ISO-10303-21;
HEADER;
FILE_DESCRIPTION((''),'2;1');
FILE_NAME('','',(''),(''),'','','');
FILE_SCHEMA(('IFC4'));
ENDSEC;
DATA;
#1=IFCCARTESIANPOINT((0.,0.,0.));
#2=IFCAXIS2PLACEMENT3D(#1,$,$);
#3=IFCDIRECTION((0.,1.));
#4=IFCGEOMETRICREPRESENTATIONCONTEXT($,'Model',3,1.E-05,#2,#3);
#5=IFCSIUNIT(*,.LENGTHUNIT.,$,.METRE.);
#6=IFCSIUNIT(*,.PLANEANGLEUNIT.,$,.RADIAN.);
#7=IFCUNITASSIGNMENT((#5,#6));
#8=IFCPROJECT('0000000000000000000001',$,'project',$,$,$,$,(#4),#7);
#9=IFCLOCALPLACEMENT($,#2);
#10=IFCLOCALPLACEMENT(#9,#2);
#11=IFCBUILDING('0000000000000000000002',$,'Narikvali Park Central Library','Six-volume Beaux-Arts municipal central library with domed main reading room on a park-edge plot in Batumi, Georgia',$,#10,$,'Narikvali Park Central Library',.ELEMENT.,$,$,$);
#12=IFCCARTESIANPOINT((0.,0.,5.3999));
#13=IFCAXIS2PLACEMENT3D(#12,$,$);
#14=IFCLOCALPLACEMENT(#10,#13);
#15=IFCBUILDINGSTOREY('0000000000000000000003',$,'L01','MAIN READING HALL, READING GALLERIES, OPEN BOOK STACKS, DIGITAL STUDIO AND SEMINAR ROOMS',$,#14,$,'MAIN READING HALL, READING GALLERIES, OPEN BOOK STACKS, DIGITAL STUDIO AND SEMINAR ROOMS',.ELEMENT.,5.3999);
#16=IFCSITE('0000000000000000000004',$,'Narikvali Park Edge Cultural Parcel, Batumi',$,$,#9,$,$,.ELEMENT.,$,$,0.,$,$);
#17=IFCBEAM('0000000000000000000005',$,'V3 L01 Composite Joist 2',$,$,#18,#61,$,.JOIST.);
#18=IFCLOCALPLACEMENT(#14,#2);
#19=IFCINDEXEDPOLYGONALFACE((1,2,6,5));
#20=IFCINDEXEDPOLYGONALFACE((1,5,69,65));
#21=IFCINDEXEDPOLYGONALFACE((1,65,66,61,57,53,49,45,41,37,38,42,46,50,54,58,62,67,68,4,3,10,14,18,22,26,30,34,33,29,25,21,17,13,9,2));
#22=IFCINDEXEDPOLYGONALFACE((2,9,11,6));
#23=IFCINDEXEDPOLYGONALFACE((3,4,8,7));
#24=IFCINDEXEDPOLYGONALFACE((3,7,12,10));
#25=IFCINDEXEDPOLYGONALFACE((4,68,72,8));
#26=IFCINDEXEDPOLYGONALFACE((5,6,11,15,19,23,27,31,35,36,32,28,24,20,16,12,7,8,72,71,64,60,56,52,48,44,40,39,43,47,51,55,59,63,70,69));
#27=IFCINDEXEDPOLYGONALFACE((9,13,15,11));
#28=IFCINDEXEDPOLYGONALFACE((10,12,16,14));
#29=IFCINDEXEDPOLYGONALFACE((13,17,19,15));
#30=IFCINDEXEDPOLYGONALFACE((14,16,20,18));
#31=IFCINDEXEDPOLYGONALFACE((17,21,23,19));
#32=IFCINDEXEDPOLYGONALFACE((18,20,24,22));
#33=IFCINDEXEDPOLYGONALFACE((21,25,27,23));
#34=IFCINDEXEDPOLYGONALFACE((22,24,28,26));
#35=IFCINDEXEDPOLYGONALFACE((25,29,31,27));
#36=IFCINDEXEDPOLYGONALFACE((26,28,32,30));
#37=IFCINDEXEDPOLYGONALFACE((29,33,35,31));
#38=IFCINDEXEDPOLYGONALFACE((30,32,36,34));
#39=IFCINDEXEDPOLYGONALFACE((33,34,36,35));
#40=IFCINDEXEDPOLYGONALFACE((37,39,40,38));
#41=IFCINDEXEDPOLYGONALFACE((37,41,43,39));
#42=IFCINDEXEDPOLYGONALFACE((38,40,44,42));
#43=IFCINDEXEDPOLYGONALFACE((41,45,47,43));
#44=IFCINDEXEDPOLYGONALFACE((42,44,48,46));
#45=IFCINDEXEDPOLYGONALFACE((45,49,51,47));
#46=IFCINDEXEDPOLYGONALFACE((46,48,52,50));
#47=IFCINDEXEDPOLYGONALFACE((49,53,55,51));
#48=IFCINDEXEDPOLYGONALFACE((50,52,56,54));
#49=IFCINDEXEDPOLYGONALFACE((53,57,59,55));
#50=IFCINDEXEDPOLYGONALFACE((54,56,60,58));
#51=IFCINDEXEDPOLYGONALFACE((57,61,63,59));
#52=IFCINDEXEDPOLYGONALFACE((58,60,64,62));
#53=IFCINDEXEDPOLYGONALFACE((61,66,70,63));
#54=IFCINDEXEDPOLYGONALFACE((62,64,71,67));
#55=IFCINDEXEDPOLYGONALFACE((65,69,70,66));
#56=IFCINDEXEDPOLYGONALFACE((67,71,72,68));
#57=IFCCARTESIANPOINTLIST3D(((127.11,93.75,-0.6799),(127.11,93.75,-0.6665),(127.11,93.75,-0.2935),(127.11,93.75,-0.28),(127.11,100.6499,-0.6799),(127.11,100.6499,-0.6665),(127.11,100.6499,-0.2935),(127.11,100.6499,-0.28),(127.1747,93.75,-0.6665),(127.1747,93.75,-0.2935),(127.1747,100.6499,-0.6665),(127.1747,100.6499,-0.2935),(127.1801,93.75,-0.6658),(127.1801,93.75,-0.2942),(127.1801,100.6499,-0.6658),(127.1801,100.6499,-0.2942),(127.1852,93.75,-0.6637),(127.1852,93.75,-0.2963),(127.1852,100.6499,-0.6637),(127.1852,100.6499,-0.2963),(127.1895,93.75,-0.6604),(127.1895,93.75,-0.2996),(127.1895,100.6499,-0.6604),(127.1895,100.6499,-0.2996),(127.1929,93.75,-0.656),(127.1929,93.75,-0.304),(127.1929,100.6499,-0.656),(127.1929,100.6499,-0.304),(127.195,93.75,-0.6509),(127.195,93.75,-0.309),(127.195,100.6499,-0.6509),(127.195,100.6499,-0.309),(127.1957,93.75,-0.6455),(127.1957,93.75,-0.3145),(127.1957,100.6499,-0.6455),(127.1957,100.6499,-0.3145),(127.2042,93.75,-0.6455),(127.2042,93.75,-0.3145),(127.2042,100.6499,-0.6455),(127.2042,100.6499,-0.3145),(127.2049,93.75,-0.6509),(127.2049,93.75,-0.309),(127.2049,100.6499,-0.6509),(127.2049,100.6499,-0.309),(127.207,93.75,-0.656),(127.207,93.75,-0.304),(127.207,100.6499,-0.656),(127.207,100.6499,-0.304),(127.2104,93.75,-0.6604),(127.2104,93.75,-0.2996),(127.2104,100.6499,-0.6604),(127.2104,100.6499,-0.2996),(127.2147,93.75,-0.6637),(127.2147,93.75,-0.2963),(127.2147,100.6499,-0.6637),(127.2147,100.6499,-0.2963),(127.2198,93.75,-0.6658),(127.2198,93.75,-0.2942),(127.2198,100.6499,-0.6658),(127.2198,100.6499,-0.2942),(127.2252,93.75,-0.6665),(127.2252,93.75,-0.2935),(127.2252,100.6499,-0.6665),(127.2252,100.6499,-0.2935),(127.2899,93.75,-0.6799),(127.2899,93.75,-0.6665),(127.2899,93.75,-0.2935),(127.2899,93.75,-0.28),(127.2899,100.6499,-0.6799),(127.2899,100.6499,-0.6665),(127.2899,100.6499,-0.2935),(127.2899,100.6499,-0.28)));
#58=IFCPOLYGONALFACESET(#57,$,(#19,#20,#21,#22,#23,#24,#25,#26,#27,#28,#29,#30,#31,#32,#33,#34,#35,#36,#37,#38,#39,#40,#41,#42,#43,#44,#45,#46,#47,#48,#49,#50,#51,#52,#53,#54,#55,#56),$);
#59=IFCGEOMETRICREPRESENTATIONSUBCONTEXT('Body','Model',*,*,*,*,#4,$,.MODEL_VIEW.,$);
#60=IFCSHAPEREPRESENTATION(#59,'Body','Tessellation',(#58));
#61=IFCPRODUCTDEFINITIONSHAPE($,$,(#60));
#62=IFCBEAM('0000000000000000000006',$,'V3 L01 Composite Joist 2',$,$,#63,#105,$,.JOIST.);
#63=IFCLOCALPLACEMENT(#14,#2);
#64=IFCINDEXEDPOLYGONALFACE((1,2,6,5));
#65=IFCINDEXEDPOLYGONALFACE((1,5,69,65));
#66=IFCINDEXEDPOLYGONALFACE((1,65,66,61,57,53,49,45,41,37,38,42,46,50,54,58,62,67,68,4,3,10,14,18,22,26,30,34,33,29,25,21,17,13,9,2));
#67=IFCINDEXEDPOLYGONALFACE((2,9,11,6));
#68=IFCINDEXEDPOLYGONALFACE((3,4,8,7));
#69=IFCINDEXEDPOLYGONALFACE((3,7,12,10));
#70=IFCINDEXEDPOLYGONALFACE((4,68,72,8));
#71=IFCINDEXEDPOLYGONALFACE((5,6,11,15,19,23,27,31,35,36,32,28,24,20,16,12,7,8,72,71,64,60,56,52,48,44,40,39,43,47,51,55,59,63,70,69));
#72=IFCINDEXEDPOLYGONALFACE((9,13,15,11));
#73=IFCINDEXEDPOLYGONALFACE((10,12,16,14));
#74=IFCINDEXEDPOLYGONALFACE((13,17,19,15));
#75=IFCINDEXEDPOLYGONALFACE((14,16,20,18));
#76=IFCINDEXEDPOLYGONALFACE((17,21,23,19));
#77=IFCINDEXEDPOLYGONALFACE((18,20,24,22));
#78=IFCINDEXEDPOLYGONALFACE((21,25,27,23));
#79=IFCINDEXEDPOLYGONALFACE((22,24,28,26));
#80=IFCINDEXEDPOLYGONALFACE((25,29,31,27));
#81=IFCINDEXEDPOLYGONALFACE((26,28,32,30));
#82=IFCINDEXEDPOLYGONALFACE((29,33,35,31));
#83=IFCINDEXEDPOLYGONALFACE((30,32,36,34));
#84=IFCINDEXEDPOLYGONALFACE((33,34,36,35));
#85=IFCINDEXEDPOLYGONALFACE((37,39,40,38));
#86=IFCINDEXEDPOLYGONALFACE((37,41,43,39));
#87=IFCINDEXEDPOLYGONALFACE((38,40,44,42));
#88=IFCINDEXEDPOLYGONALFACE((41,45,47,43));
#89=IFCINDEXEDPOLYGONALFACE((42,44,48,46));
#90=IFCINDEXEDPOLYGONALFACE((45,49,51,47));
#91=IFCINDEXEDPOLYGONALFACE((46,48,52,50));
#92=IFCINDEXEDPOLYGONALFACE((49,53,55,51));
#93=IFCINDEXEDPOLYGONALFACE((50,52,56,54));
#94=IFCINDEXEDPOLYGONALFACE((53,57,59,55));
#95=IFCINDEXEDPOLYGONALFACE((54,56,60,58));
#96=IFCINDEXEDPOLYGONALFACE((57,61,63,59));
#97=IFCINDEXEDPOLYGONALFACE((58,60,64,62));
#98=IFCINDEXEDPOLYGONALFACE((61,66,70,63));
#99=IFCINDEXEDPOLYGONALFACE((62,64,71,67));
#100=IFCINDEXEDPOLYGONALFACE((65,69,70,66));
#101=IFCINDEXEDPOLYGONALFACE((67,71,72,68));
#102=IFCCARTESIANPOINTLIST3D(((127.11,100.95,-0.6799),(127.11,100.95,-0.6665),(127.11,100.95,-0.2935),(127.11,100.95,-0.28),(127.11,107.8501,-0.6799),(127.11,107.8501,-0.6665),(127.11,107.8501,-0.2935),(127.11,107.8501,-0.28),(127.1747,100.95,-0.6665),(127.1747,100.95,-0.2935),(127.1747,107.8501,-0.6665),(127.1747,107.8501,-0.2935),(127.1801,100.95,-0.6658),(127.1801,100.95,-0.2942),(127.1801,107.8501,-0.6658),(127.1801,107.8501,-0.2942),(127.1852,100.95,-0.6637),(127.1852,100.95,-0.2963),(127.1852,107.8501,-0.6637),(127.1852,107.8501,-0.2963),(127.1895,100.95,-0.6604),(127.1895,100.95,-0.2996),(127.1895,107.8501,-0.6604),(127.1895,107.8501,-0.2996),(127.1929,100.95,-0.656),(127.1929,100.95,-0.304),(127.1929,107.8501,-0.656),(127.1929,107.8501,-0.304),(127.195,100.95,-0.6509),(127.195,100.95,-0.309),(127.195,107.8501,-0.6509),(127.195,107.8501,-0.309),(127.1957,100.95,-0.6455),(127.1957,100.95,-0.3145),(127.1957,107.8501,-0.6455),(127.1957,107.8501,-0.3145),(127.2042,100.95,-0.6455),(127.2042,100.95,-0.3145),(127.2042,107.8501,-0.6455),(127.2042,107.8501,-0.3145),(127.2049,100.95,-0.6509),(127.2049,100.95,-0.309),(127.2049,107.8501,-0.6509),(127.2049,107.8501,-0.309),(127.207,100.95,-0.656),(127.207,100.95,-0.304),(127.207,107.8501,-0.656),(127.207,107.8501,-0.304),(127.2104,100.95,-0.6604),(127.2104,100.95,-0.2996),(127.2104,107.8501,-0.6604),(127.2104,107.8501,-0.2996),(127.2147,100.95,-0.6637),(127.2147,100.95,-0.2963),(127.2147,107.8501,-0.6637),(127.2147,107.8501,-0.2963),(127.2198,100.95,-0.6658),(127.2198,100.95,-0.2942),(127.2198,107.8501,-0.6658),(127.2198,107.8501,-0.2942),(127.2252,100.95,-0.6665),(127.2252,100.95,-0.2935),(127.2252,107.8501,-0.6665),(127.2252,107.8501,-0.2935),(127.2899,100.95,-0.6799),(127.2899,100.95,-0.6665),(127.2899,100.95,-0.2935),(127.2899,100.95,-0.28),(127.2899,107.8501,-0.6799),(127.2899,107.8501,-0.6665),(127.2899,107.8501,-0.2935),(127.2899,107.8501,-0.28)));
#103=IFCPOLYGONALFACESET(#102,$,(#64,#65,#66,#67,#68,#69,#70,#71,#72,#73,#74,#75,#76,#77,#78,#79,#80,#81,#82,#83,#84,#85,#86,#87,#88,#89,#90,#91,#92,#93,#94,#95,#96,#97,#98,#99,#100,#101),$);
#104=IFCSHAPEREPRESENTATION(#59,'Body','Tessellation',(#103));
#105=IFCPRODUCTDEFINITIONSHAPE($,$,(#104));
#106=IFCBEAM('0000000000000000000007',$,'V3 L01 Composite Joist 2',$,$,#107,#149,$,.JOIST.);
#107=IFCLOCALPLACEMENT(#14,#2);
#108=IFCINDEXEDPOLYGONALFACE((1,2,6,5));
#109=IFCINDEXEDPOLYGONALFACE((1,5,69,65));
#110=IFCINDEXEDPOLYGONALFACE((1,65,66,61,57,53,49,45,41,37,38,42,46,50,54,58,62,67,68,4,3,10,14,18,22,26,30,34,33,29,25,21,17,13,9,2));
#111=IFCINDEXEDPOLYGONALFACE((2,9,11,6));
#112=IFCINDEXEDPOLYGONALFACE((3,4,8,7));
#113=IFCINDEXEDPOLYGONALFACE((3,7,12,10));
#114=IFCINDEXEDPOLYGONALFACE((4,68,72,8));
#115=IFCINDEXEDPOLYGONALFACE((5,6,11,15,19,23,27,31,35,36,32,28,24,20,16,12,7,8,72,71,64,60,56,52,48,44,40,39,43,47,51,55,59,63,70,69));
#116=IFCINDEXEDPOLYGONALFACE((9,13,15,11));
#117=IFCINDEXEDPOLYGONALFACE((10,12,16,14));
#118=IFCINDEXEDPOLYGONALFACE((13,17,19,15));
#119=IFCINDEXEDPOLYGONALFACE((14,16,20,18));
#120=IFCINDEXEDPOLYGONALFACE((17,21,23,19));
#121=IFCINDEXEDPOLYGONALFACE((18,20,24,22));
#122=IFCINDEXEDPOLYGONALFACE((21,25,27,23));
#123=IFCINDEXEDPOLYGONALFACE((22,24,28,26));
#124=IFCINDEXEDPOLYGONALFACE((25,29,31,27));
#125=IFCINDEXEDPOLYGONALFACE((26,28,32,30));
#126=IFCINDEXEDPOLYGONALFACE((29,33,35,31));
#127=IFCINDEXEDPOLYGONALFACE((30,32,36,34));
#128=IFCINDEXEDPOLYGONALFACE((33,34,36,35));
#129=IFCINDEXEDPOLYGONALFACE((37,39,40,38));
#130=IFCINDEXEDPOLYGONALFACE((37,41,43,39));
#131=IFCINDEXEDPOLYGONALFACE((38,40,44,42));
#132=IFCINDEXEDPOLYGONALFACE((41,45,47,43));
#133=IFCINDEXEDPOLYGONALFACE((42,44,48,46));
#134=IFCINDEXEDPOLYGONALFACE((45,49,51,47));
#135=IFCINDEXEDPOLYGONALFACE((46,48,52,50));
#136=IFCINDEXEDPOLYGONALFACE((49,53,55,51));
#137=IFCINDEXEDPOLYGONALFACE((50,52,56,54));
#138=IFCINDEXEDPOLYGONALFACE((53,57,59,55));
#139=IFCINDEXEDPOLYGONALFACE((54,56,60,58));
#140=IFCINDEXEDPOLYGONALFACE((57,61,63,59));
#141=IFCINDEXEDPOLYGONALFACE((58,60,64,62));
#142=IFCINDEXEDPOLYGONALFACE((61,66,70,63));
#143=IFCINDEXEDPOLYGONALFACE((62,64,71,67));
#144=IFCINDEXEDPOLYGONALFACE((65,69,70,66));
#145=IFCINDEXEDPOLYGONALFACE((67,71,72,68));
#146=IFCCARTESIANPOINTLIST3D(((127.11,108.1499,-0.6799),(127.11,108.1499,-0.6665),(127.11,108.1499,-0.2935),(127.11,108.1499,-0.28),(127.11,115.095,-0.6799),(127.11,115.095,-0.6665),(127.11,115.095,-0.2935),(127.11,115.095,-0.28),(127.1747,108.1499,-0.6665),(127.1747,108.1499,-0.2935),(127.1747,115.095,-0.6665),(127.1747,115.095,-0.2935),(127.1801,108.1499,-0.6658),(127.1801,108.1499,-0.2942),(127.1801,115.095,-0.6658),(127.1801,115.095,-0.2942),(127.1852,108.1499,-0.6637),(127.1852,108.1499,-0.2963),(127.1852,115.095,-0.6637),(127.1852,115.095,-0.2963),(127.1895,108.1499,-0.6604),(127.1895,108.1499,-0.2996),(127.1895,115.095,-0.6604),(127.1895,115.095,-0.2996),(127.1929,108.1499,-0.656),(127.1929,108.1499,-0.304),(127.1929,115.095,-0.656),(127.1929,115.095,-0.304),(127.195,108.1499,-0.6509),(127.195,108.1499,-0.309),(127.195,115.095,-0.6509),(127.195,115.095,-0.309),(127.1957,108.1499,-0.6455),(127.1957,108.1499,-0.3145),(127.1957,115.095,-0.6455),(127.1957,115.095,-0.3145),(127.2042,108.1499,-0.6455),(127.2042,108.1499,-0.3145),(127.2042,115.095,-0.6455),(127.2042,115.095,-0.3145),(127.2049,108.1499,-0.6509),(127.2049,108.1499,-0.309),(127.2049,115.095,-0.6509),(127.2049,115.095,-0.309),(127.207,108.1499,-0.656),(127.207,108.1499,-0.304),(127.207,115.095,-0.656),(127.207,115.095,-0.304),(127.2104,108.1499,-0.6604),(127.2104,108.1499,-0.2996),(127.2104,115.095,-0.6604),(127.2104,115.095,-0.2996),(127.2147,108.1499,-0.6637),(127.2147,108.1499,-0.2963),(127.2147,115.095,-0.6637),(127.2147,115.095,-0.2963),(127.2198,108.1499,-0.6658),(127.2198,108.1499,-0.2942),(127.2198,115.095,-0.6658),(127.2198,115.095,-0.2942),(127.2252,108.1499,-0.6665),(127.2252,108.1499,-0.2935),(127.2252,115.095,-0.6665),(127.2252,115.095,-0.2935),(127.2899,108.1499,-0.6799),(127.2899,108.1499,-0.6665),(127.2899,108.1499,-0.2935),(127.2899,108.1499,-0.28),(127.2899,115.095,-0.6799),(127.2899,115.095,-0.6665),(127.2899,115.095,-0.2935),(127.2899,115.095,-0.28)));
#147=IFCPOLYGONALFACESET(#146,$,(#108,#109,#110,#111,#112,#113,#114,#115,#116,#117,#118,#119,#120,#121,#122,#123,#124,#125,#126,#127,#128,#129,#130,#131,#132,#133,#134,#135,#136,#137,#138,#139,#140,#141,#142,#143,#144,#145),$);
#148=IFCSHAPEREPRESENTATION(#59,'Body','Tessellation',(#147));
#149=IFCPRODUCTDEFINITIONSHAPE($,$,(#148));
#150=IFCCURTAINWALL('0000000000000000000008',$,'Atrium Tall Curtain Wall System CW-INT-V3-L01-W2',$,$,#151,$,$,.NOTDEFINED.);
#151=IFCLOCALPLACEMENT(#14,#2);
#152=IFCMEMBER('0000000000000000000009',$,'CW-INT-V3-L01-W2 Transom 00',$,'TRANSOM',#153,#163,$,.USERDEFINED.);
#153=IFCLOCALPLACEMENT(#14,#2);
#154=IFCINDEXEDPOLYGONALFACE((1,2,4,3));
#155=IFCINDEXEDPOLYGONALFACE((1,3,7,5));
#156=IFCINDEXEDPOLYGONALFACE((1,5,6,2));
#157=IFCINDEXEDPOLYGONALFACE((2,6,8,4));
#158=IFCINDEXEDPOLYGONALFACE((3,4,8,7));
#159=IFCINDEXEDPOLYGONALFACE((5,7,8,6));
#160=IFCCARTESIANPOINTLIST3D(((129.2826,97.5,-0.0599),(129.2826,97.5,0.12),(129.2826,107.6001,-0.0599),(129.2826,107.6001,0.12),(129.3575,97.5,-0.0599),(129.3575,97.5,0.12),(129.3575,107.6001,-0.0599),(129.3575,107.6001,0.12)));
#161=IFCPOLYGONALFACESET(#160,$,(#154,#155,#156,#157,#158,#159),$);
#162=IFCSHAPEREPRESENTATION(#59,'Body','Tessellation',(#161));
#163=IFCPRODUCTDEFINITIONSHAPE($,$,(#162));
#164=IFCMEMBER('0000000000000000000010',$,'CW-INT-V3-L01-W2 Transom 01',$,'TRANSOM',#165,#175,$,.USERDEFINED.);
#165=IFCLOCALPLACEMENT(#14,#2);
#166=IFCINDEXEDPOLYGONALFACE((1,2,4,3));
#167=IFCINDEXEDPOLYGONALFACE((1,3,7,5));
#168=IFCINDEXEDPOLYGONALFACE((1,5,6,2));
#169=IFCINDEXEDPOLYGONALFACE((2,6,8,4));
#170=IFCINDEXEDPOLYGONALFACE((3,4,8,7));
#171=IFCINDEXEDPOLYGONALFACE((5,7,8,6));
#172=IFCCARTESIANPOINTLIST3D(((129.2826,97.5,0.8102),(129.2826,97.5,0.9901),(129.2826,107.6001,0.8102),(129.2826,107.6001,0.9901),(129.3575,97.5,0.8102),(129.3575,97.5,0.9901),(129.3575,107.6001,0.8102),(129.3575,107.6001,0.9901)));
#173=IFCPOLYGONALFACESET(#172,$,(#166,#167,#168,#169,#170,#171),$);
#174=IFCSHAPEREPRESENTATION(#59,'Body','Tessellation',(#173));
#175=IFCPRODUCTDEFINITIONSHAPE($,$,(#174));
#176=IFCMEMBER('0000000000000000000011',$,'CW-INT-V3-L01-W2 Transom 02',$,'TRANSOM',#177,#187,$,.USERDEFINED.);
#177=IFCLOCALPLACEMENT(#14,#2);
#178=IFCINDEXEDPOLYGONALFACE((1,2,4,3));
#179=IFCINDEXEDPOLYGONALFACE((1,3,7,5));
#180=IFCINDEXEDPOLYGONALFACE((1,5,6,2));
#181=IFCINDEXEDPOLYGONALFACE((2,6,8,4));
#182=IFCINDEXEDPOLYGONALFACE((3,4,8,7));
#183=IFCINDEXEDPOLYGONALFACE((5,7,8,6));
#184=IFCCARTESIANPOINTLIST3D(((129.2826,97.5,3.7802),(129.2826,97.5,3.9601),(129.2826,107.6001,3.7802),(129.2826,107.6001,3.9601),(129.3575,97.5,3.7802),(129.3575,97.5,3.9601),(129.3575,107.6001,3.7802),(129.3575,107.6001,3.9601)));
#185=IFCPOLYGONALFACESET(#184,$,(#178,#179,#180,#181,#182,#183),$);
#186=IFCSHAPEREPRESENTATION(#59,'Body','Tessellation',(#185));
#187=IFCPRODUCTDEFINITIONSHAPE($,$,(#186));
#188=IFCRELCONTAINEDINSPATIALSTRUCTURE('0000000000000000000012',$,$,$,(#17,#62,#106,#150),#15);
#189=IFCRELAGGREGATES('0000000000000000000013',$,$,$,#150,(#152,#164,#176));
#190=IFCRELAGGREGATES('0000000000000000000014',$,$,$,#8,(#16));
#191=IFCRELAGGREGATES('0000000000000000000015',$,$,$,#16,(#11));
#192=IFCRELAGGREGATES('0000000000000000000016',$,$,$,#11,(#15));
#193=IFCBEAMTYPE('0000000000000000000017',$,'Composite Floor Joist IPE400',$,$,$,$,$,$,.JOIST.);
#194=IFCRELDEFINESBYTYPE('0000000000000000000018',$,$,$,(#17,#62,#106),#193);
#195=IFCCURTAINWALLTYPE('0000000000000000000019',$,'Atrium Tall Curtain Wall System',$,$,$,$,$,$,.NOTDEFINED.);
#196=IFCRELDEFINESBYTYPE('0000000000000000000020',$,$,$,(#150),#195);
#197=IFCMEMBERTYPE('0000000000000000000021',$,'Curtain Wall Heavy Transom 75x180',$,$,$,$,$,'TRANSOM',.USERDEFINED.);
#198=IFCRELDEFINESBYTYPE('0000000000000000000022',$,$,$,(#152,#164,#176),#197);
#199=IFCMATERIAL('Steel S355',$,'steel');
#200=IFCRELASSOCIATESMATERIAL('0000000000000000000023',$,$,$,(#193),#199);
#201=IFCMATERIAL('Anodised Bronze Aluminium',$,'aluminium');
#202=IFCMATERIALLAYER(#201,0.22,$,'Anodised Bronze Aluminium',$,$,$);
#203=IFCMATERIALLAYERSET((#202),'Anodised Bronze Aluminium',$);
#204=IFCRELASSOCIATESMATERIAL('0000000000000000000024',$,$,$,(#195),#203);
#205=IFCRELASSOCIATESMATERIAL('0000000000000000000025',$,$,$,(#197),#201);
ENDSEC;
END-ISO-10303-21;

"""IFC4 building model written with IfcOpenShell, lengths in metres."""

from ifc_helpers import new_model, si_unit, direction, frame, origin, origin_2d, place, context, subcontext, project, spatial, rectangle, i_section, extrude, material, layer, layer_set, material_profile, profile_set, type_object, element, aggregate, save


model = new_model("IFC4")

# Units and contexts
model_context = context("Model", 3, precision=1e-05, world=origin(), true_north=direction((0.0, 1.0)))
body_context = subcontext(model_context, "Body", "Model", "MODEL_VIEW")
ifc_project = project(units=[si_unit("LENGTHUNIT", "METRE"), si_unit("PLANEANGLEUNIT", "RADIAN")], contexts=[model_context])

# Site, building, storey
site_placement = place(None, origin())
site = spatial("IfcSite", under=ifc_project, at=site_placement, Name="Narikvali Park Edge Cultural Parcel, Batumi", CompositionType="ELEMENT", RefElevation=0.0)
building_placement = place(site_placement, origin())
building = spatial("IfcBuilding", under=site, at=building_placement, Name="Narikvali Park Central Library", Description="Six-volume Beaux-Arts municipal central library with domed main reading room on a park-edge plot in Batumi, Georgia", LongName="Narikvali Park Central Library", CompositionType="ELEMENT")
storey_placement = place(building_placement, frame((0.0, 0.0, 5.3999)))
storey = spatial("IfcBuildingStorey", under=building, at=storey_placement, Name="L01", Description="MAIN READING HALL, READING GALLERIES, OPEN BOOK STACKS, DIGITAL STUDIO AND SEMINAR ROOMS", LongName="MAIN READING HALL, READING GALLERIES, OPEN BOOK STACKS, DIGITAL STUDIO AND SEMINAR ROOMS", CompositionType="ELEMENT", Elevation=5.3999)

# Beams
ifc_material_1 = material(Name="Steel S355", Category="steel")
ifc_material_profile_1 = material_profile(ifc_material_1, i_section(OverallWidth=0.1799, OverallDepth=0.3999, WebThickness=0.0085, FlangeThickness=0.0134, FilletRadius=0.021, at=origin_2d()), Name="IPE 400")
ifc_profile_set_1 = profile_set([ifc_material_profile_1], Name="Steel S355")
beam_type = type_object("IfcBeamType", Name="Composite Floor Joist IPE400", PredefinedType="JOIST", material=ifc_profile_set_1)
beam_1_placement = place(storey_placement, frame((127.2, 93.75, -0.48), z_axis=(0.0, 1.0, 0.0), x_axis=(-1.0, 0.0, 0.0)))
element("IfcBeam", 1, at=beam_1_placement, inside=storey, type_object=beam_type, Name="V3 L01 Composite Joist 2", PredefinedType="JOIST", context=body_context, shape_type="SweptSolid", body=[
    extrude(i_section(OverallWidth=0.1799, OverallDepth=0.3999, WebThickness=0.0085, FlangeThickness=0.0134, FilletRadius=0.021, at=origin_2d()), origin(), (0.0, 0.0, 1.0), 6.8999),
])
beam_2_placement = place(storey_placement, frame((127.2, 100.95, -0.48), z_axis=(0.0, 1.0, 0.0), x_axis=(-1.0, 0.0, 0.0)))
element("IfcBeam", 2, at=beam_2_placement, inside=storey, type_object=beam_type, Name="V3 L01 Composite Joist 2", PredefinedType="JOIST", context=body_context, shape_type="SweptSolid", body=[
    extrude(i_section(OverallWidth=0.1799, OverallDepth=0.3999, WebThickness=0.0085, FlangeThickness=0.0134, FilletRadius=0.021, at=origin_2d()), origin(), (0.0, 0.0, 1.0), 6.9001),
])
beam_3_placement = place(storey_placement, frame((127.2, 108.1499, -0.48), z_axis=(0.0, 1.0, 0.0), x_axis=(-1.0, 0.0, 0.0)))
element("IfcBeam", 3, at=beam_3_placement, inside=storey, type_object=beam_type, Name="V3 L01 Composite Joist 2", PredefinedType="JOIST", context=body_context, shape_type="SweptSolid", body=[
    extrude(i_section(OverallWidth=0.1799, OverallDepth=0.3999, WebThickness=0.0085, FlangeThickness=0.0134, FilletRadius=0.021, at=origin_2d()), origin(), (0.0, 0.0, 1.0), 6.9451),
])

# Curtain wall, members
ifc_material_2 = material(Name="Anodised Bronze Aluminium", Category="aluminium")
ifc_layer_1 = layer(ifc_material_2, 0.22, Name="Anodised Bronze Aluminium")
ifc_layer_set_1 = layer_set([ifc_layer_1], Name="Anodised Bronze Aluminium")
curtain_wall_type = type_object("IfcCurtainWallType", Name="Atrium Tall Curtain Wall System", PredefinedType="NOTDEFINED", material=ifc_layer_set_1)
curtain_wall_1_placement = place(storey_placement, origin())
curtain_wall_1 = element("IfcCurtainWall", 4, at=curtain_wall_1_placement, inside=storey, type_object=curtain_wall_type, Name="Atrium Tall Curtain Wall System CW-INT-V3-L01-W2", PredefinedType="NOTDEFINED")
ifc_material_profile_2 = material_profile(ifc_material_2, rectangle(XDim=0.075, YDim=0.1799, at=origin_2d()), Name="CW TRANSOM 75x180")
ifc_profile_set_2 = profile_set([ifc_material_profile_2], Name="Anodised Bronze Aluminium")
member_type_1 = type_object("IfcMemberType", Name="Curtain Wall Heavy Transom 75x180", ElementType="TRANSOM", PredefinedType="USERDEFINED", material=ifc_profile_set_2)
member_1_placement = place(storey_placement, frame((129.3201, 97.5, 0.03), z_axis=(0.0, 1.0, 0.0), x_axis=(-1.0, 0.0, 0.0)))
member_1 = element("IfcMember", 5, at=member_1_placement, type_object=member_type_1, Name="CW-INT-V3-L01-W2 Transom 00", ObjectType="TRANSOM", PredefinedType="USERDEFINED", context=body_context, shape_type="SweptSolid", body=[
    extrude(rectangle(XDim=0.075, YDim=0.1799, at=origin_2d()), origin(), (0.0, 0.0, 1.0), 10.1001),
])
member_2_placement = place(storey_placement, frame((129.3201, 97.5, 0.9001), z_axis=(0.0, 1.0, 0.0), x_axis=(-1.0, 0.0, 0.0)))
member_2 = element("IfcMember", 6, at=member_2_placement, type_object=member_type_1, Name="CW-INT-V3-L01-W2 Transom 01", ObjectType="TRANSOM", PredefinedType="USERDEFINED", context=body_context, shape_type="SweptSolid", body=[
    extrude(rectangle(XDim=0.075, YDim=0.1799, at=origin_2d()), origin(), (0.0, 0.0, 1.0), 10.1001),
])
member_3_placement = place(storey_placement, frame((129.3201, 97.5, 3.8701), z_axis=(0.0, 1.0, 0.0), x_axis=(-1.0, 0.0, 0.0)))
member_3 = element("IfcMember", 7, at=member_3_placement, type_object=member_type_1, Name="CW-INT-V3-L01-W2 Transom 02", ObjectType="TRANSOM", PredefinedType="USERDEFINED", context=body_context, shape_type="SweptSolid", body=[
    extrude(rectangle(XDim=0.075, YDim=0.1799, at=origin_2d()), origin(), (0.0, 0.0, 1.0), 10.1001),
])

aggregate(curtain_wall_1, [member_1, member_2, member_3])

save(model, "model.ifc")
